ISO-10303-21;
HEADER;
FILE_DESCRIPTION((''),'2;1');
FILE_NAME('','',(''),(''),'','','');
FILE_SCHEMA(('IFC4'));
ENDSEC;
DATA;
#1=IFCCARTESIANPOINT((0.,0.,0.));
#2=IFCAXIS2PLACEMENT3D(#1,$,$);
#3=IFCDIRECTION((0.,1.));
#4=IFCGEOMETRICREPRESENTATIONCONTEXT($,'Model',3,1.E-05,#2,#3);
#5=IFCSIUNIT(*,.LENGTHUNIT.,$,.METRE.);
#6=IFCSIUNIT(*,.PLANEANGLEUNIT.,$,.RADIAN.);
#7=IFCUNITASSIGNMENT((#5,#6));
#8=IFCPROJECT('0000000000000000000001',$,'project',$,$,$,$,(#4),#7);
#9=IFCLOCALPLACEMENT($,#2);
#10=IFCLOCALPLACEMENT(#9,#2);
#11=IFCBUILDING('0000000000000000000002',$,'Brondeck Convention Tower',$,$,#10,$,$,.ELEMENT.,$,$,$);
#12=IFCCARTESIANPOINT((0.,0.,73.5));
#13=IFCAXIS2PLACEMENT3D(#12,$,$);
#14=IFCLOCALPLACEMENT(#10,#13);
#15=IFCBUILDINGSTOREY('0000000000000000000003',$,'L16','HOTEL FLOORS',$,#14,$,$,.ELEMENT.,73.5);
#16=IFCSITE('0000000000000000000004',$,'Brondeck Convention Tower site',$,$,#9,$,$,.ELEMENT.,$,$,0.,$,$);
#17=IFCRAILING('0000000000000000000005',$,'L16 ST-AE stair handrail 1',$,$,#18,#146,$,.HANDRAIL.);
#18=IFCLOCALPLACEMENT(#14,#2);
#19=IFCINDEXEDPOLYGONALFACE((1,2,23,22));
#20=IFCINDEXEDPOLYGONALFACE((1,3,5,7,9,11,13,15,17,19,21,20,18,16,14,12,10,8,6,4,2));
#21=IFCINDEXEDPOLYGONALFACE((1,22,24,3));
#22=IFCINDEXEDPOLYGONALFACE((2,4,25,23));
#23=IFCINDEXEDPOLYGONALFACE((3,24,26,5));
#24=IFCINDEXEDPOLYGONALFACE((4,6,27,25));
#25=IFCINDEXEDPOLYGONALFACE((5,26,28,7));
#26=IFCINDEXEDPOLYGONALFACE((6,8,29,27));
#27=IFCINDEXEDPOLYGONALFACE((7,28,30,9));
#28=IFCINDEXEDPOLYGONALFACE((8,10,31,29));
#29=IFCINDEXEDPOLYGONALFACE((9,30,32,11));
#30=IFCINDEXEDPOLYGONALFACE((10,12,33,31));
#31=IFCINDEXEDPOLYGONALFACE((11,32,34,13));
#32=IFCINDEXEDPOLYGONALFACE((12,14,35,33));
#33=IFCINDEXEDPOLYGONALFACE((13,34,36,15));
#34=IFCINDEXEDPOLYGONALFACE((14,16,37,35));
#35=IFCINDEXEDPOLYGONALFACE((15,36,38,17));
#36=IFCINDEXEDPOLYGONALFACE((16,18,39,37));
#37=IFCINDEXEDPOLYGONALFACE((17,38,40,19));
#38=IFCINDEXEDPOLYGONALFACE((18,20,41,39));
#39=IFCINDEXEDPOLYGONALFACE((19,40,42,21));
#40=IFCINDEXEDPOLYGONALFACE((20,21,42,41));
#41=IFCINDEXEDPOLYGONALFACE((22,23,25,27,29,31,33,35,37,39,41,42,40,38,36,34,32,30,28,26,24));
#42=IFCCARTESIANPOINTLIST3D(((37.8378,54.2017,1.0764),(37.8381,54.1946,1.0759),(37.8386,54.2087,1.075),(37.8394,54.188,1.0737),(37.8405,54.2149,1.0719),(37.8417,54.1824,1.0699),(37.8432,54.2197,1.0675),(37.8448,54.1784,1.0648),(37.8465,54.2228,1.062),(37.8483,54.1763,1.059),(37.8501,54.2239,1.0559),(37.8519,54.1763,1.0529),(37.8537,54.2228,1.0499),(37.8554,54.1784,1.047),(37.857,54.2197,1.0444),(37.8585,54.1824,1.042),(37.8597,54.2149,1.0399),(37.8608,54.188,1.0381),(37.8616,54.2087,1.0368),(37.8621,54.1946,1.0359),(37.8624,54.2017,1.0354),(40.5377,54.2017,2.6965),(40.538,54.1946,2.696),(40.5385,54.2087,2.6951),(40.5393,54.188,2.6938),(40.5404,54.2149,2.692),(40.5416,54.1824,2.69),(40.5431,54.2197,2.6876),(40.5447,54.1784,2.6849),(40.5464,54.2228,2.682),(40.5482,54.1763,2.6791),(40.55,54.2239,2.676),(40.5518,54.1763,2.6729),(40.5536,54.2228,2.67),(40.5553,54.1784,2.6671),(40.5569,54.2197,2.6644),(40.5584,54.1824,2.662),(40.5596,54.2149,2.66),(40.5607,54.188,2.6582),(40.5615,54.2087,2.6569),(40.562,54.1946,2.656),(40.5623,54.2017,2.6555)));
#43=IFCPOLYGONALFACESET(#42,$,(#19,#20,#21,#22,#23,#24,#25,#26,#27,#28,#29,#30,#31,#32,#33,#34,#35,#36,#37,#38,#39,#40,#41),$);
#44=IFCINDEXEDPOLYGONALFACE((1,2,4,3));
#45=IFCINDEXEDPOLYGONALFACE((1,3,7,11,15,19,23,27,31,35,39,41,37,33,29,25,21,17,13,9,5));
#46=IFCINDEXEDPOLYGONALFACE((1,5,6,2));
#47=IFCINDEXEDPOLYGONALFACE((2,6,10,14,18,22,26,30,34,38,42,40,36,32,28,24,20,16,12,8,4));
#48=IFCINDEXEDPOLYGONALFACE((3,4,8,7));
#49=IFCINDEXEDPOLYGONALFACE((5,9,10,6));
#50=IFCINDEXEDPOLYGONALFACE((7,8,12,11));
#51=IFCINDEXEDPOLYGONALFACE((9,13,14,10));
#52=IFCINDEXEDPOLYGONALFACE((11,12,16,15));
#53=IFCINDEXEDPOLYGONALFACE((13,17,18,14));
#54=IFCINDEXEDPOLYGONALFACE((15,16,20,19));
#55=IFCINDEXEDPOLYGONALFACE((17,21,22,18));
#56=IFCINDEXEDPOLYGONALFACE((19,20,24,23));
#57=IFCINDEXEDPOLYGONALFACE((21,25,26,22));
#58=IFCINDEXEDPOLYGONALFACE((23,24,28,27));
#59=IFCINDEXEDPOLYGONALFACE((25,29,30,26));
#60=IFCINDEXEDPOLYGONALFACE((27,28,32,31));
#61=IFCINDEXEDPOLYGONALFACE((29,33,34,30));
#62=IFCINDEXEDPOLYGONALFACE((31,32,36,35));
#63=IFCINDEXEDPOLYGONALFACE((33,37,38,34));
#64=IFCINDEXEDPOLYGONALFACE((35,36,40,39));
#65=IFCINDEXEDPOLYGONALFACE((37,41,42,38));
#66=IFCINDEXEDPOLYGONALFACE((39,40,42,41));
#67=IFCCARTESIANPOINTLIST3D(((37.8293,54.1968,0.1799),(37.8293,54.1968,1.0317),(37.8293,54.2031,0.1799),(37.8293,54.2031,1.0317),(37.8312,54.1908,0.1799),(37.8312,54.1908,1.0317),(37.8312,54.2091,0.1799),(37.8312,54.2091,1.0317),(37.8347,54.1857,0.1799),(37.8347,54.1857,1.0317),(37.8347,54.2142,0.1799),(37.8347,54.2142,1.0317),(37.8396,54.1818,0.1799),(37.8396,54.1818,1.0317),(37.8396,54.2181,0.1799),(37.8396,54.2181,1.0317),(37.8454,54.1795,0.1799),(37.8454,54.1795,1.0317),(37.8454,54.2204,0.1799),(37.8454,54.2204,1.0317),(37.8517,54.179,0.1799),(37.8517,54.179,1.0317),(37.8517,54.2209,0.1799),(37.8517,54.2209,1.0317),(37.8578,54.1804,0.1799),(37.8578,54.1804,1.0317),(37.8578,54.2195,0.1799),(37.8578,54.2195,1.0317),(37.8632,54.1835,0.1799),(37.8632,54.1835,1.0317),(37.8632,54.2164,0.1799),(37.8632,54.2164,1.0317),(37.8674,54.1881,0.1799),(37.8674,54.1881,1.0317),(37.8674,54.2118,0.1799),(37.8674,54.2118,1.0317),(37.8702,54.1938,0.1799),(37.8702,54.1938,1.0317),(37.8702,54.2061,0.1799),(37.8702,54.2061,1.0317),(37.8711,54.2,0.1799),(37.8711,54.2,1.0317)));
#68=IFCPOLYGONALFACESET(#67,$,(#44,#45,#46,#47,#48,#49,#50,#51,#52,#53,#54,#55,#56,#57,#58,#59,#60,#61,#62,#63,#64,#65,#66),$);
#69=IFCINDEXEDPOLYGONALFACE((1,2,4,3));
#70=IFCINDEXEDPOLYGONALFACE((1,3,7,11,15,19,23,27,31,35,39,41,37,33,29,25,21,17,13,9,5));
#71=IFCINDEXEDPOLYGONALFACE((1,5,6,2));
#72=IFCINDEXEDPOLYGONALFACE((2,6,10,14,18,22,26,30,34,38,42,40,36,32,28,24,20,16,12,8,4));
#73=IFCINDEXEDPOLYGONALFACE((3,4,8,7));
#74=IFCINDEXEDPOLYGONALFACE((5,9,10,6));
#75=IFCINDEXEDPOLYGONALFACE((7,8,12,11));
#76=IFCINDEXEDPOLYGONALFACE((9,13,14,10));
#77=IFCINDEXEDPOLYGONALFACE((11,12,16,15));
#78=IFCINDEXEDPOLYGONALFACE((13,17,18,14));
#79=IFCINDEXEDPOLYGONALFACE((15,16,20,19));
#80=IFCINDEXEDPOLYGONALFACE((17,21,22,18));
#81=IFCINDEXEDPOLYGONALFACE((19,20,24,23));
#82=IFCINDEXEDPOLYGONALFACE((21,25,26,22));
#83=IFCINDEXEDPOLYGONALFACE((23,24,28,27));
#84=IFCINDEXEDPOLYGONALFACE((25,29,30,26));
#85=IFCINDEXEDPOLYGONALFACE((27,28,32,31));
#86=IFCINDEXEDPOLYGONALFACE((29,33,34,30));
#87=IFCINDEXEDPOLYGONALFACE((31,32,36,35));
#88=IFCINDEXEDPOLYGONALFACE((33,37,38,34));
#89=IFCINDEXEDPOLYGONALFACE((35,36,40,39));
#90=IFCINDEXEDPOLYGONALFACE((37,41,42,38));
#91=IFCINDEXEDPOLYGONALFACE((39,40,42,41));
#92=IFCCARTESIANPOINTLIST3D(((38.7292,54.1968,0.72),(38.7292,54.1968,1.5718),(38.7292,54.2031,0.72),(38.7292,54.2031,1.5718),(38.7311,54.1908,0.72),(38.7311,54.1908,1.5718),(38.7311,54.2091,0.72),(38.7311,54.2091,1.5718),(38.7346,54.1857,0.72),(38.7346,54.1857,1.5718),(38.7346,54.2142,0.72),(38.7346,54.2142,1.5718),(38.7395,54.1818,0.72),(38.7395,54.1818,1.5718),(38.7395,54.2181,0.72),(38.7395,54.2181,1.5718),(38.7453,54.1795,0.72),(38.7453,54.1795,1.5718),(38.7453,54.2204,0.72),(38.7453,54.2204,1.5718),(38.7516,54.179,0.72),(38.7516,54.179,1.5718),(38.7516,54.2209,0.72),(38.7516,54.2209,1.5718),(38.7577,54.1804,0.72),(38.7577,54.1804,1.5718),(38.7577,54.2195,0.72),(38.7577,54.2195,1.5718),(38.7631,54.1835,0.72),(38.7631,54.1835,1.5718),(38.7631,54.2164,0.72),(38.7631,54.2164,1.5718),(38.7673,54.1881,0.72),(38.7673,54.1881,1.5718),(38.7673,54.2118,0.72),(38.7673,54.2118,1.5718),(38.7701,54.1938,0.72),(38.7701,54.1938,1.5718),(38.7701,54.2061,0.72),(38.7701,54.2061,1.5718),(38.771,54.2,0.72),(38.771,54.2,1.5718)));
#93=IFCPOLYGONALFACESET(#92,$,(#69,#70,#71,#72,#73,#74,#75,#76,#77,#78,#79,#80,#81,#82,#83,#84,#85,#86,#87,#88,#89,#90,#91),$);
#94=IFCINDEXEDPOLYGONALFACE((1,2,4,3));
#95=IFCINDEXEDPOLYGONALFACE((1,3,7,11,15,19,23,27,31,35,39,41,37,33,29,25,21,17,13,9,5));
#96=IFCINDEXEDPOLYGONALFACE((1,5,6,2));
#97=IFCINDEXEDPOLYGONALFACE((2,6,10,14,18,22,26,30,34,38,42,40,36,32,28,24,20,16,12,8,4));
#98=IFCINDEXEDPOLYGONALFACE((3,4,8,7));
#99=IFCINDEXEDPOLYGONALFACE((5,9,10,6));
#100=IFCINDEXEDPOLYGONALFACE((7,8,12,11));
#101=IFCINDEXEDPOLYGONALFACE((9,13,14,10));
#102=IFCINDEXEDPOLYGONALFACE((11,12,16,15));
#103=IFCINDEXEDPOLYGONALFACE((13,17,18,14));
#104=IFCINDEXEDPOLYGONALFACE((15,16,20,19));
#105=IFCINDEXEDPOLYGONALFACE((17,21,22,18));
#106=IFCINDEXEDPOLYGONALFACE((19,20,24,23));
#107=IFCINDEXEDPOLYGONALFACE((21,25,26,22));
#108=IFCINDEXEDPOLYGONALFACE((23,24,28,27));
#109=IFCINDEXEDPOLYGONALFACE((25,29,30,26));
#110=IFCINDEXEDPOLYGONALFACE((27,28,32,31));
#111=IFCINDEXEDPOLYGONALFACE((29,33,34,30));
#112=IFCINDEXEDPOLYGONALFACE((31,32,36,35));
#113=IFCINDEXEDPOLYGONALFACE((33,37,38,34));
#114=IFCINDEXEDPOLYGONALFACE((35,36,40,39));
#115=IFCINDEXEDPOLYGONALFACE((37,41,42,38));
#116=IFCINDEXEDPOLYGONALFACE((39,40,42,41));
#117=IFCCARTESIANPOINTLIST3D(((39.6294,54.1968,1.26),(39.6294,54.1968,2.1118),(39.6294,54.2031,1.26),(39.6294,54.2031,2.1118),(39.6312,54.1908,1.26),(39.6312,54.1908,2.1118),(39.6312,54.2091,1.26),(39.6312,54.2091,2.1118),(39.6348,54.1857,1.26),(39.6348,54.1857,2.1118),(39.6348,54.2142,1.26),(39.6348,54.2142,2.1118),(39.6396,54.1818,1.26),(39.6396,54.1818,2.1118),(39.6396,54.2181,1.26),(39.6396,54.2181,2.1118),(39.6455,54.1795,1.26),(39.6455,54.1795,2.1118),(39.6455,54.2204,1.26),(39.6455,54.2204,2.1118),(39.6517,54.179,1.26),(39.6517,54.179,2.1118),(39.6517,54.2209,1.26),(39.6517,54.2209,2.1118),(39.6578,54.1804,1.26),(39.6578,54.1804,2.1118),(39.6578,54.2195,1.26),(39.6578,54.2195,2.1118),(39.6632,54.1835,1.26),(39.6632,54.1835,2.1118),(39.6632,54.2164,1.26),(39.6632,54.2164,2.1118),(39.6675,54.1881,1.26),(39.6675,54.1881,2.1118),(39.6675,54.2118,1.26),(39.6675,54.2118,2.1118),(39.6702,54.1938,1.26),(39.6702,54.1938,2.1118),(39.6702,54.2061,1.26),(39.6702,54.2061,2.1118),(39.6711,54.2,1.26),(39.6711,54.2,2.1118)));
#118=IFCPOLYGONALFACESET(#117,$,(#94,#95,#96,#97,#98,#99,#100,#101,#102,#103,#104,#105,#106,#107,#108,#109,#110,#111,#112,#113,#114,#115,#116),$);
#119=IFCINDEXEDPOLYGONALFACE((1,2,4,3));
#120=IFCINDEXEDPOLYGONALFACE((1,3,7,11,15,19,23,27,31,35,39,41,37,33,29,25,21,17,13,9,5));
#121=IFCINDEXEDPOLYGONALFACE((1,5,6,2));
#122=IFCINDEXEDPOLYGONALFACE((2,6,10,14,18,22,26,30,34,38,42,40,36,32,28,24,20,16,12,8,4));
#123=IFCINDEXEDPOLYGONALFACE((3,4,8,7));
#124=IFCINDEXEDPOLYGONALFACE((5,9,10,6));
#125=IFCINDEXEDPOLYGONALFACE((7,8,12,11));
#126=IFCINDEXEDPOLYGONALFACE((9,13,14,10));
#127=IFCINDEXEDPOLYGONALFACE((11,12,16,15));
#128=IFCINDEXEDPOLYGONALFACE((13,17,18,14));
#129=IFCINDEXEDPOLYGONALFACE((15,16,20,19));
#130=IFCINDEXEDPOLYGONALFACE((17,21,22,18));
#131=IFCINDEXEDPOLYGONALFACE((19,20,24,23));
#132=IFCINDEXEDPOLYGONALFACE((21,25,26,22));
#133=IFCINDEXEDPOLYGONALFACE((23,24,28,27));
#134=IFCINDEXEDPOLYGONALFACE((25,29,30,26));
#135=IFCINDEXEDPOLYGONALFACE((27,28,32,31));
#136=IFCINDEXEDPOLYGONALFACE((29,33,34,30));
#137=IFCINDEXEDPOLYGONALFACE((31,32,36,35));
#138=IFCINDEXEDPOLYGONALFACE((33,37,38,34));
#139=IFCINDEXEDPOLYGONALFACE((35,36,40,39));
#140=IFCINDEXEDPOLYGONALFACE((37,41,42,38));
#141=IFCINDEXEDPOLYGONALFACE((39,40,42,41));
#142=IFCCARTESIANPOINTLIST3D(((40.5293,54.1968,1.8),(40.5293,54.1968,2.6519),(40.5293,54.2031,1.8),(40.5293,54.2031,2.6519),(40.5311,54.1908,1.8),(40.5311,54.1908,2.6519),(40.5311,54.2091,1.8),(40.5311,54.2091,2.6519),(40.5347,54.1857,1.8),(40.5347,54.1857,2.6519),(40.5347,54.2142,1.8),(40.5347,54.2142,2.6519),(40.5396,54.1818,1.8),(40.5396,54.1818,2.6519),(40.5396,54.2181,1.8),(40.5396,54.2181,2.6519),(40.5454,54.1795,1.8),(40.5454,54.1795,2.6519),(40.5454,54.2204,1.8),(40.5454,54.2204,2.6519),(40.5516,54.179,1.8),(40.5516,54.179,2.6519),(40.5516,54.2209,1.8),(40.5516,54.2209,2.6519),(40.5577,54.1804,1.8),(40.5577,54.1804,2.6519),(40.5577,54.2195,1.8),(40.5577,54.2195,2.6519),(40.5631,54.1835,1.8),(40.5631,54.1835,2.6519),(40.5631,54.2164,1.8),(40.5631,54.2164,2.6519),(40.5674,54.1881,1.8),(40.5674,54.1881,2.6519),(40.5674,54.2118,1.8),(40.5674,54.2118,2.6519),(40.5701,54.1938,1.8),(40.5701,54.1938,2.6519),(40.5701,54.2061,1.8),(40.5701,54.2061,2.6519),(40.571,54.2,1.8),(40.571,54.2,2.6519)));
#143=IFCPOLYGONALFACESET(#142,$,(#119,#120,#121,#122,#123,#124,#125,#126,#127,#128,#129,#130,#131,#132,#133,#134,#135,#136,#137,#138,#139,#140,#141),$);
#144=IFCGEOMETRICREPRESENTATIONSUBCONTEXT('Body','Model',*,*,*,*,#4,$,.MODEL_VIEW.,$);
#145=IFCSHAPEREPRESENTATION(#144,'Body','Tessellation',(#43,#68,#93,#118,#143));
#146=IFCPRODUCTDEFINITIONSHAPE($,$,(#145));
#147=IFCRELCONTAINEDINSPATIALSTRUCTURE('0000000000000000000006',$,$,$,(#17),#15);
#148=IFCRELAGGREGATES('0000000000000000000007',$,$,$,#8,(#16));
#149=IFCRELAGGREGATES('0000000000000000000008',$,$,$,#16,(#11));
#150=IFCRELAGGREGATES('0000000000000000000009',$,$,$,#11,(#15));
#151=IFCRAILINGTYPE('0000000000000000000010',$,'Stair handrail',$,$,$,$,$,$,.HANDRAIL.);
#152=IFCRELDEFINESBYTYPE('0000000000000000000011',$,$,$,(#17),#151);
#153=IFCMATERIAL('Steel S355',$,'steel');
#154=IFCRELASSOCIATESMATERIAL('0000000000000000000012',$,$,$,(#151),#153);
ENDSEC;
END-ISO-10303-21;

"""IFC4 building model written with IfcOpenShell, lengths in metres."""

from ifc_helpers import new_model, si_unit, direction, frame, origin, origin_2d, place, context, subcontext, project, spatial, circle, extrude, material, type_object, element, save


model = new_model("IFC4")

# Units and contexts
model_context = context("Model", 3, precision=1e-05, world=origin(), true_north=direction((0.0, 1.0)))
body_context = subcontext(model_context, "Body", "Model", "MODEL_VIEW")
ifc_project = project(units=[si_unit("LENGTHUNIT", "METRE"), si_unit("PLANEANGLEUNIT", "RADIAN")], contexts=[model_context])

# Site, building, storey
site_placement = place(None, origin())
site = spatial("IfcSite", under=ifc_project, at=site_placement, Name="Brondeck Convention Tower site", CompositionType="ELEMENT", RefElevation=0.0)
building_placement = place(site_placement, origin())
building = spatial("IfcBuilding", under=site, at=building_placement, Name="Brondeck Convention Tower", CompositionType="ELEMENT")
storey_placement = place(building_placement, frame((0.0, 0.0, 73.5)))
storey = spatial("IfcBuildingStorey", under=building, at=storey_placement, Name="L16", Description="HOTEL FLOORS", CompositionType="ELEMENT", Elevation=73.5)

# Shared definitions
ifc_material_1 = material(Name="Steel S355", Category="steel")

# Railing
railing_type_1 = type_object("IfcRailingType", Name="Stair handrail", PredefinedType="HANDRAIL", material=ifc_material_1)
railing_1_placement = place(storey_placement, frame((37.8501, 54.2, 0.1799)))
element("IfcRailing", 1, at=railing_1_placement, inside=storey, type_object=railing_type_1, Name="L16 ST-AE stair handrail 1", PredefinedType="HANDRAIL", context=body_context, shape_type="SweptSolid", body=[
    extrude(circle(Radius=0.0239, at=origin_2d()), frame((0.0, 0.0, 0.876), z_axis=(0.857472, 0.0, 0.51453), x_axis=(0.0, 1.0, 0.0)), (0.0, 0.0, 1.0), 3.1487),
    extrude(circle(Radius=0.021, at=origin_2d()), origin(), (0.0, 0.0, 1.0), 0.8518),
    extrude(circle(Radius=0.021, at=origin_2d()), frame((0.8999, 0.0, 0.54)), (0.0, 0.0, 1.0), 0.8518),
    extrude(circle(Radius=0.021, at=origin_2d()), frame((1.8, 0.0, 1.0801)), (0.0, 0.0, 1.0), 0.8518),
    extrude(circle(Radius=0.021, at=origin_2d()), frame((2.7, 0.0, 1.6201)), (0.0, 0.0, 1.0), 0.8518),
])

save(model, "model.ifc")
